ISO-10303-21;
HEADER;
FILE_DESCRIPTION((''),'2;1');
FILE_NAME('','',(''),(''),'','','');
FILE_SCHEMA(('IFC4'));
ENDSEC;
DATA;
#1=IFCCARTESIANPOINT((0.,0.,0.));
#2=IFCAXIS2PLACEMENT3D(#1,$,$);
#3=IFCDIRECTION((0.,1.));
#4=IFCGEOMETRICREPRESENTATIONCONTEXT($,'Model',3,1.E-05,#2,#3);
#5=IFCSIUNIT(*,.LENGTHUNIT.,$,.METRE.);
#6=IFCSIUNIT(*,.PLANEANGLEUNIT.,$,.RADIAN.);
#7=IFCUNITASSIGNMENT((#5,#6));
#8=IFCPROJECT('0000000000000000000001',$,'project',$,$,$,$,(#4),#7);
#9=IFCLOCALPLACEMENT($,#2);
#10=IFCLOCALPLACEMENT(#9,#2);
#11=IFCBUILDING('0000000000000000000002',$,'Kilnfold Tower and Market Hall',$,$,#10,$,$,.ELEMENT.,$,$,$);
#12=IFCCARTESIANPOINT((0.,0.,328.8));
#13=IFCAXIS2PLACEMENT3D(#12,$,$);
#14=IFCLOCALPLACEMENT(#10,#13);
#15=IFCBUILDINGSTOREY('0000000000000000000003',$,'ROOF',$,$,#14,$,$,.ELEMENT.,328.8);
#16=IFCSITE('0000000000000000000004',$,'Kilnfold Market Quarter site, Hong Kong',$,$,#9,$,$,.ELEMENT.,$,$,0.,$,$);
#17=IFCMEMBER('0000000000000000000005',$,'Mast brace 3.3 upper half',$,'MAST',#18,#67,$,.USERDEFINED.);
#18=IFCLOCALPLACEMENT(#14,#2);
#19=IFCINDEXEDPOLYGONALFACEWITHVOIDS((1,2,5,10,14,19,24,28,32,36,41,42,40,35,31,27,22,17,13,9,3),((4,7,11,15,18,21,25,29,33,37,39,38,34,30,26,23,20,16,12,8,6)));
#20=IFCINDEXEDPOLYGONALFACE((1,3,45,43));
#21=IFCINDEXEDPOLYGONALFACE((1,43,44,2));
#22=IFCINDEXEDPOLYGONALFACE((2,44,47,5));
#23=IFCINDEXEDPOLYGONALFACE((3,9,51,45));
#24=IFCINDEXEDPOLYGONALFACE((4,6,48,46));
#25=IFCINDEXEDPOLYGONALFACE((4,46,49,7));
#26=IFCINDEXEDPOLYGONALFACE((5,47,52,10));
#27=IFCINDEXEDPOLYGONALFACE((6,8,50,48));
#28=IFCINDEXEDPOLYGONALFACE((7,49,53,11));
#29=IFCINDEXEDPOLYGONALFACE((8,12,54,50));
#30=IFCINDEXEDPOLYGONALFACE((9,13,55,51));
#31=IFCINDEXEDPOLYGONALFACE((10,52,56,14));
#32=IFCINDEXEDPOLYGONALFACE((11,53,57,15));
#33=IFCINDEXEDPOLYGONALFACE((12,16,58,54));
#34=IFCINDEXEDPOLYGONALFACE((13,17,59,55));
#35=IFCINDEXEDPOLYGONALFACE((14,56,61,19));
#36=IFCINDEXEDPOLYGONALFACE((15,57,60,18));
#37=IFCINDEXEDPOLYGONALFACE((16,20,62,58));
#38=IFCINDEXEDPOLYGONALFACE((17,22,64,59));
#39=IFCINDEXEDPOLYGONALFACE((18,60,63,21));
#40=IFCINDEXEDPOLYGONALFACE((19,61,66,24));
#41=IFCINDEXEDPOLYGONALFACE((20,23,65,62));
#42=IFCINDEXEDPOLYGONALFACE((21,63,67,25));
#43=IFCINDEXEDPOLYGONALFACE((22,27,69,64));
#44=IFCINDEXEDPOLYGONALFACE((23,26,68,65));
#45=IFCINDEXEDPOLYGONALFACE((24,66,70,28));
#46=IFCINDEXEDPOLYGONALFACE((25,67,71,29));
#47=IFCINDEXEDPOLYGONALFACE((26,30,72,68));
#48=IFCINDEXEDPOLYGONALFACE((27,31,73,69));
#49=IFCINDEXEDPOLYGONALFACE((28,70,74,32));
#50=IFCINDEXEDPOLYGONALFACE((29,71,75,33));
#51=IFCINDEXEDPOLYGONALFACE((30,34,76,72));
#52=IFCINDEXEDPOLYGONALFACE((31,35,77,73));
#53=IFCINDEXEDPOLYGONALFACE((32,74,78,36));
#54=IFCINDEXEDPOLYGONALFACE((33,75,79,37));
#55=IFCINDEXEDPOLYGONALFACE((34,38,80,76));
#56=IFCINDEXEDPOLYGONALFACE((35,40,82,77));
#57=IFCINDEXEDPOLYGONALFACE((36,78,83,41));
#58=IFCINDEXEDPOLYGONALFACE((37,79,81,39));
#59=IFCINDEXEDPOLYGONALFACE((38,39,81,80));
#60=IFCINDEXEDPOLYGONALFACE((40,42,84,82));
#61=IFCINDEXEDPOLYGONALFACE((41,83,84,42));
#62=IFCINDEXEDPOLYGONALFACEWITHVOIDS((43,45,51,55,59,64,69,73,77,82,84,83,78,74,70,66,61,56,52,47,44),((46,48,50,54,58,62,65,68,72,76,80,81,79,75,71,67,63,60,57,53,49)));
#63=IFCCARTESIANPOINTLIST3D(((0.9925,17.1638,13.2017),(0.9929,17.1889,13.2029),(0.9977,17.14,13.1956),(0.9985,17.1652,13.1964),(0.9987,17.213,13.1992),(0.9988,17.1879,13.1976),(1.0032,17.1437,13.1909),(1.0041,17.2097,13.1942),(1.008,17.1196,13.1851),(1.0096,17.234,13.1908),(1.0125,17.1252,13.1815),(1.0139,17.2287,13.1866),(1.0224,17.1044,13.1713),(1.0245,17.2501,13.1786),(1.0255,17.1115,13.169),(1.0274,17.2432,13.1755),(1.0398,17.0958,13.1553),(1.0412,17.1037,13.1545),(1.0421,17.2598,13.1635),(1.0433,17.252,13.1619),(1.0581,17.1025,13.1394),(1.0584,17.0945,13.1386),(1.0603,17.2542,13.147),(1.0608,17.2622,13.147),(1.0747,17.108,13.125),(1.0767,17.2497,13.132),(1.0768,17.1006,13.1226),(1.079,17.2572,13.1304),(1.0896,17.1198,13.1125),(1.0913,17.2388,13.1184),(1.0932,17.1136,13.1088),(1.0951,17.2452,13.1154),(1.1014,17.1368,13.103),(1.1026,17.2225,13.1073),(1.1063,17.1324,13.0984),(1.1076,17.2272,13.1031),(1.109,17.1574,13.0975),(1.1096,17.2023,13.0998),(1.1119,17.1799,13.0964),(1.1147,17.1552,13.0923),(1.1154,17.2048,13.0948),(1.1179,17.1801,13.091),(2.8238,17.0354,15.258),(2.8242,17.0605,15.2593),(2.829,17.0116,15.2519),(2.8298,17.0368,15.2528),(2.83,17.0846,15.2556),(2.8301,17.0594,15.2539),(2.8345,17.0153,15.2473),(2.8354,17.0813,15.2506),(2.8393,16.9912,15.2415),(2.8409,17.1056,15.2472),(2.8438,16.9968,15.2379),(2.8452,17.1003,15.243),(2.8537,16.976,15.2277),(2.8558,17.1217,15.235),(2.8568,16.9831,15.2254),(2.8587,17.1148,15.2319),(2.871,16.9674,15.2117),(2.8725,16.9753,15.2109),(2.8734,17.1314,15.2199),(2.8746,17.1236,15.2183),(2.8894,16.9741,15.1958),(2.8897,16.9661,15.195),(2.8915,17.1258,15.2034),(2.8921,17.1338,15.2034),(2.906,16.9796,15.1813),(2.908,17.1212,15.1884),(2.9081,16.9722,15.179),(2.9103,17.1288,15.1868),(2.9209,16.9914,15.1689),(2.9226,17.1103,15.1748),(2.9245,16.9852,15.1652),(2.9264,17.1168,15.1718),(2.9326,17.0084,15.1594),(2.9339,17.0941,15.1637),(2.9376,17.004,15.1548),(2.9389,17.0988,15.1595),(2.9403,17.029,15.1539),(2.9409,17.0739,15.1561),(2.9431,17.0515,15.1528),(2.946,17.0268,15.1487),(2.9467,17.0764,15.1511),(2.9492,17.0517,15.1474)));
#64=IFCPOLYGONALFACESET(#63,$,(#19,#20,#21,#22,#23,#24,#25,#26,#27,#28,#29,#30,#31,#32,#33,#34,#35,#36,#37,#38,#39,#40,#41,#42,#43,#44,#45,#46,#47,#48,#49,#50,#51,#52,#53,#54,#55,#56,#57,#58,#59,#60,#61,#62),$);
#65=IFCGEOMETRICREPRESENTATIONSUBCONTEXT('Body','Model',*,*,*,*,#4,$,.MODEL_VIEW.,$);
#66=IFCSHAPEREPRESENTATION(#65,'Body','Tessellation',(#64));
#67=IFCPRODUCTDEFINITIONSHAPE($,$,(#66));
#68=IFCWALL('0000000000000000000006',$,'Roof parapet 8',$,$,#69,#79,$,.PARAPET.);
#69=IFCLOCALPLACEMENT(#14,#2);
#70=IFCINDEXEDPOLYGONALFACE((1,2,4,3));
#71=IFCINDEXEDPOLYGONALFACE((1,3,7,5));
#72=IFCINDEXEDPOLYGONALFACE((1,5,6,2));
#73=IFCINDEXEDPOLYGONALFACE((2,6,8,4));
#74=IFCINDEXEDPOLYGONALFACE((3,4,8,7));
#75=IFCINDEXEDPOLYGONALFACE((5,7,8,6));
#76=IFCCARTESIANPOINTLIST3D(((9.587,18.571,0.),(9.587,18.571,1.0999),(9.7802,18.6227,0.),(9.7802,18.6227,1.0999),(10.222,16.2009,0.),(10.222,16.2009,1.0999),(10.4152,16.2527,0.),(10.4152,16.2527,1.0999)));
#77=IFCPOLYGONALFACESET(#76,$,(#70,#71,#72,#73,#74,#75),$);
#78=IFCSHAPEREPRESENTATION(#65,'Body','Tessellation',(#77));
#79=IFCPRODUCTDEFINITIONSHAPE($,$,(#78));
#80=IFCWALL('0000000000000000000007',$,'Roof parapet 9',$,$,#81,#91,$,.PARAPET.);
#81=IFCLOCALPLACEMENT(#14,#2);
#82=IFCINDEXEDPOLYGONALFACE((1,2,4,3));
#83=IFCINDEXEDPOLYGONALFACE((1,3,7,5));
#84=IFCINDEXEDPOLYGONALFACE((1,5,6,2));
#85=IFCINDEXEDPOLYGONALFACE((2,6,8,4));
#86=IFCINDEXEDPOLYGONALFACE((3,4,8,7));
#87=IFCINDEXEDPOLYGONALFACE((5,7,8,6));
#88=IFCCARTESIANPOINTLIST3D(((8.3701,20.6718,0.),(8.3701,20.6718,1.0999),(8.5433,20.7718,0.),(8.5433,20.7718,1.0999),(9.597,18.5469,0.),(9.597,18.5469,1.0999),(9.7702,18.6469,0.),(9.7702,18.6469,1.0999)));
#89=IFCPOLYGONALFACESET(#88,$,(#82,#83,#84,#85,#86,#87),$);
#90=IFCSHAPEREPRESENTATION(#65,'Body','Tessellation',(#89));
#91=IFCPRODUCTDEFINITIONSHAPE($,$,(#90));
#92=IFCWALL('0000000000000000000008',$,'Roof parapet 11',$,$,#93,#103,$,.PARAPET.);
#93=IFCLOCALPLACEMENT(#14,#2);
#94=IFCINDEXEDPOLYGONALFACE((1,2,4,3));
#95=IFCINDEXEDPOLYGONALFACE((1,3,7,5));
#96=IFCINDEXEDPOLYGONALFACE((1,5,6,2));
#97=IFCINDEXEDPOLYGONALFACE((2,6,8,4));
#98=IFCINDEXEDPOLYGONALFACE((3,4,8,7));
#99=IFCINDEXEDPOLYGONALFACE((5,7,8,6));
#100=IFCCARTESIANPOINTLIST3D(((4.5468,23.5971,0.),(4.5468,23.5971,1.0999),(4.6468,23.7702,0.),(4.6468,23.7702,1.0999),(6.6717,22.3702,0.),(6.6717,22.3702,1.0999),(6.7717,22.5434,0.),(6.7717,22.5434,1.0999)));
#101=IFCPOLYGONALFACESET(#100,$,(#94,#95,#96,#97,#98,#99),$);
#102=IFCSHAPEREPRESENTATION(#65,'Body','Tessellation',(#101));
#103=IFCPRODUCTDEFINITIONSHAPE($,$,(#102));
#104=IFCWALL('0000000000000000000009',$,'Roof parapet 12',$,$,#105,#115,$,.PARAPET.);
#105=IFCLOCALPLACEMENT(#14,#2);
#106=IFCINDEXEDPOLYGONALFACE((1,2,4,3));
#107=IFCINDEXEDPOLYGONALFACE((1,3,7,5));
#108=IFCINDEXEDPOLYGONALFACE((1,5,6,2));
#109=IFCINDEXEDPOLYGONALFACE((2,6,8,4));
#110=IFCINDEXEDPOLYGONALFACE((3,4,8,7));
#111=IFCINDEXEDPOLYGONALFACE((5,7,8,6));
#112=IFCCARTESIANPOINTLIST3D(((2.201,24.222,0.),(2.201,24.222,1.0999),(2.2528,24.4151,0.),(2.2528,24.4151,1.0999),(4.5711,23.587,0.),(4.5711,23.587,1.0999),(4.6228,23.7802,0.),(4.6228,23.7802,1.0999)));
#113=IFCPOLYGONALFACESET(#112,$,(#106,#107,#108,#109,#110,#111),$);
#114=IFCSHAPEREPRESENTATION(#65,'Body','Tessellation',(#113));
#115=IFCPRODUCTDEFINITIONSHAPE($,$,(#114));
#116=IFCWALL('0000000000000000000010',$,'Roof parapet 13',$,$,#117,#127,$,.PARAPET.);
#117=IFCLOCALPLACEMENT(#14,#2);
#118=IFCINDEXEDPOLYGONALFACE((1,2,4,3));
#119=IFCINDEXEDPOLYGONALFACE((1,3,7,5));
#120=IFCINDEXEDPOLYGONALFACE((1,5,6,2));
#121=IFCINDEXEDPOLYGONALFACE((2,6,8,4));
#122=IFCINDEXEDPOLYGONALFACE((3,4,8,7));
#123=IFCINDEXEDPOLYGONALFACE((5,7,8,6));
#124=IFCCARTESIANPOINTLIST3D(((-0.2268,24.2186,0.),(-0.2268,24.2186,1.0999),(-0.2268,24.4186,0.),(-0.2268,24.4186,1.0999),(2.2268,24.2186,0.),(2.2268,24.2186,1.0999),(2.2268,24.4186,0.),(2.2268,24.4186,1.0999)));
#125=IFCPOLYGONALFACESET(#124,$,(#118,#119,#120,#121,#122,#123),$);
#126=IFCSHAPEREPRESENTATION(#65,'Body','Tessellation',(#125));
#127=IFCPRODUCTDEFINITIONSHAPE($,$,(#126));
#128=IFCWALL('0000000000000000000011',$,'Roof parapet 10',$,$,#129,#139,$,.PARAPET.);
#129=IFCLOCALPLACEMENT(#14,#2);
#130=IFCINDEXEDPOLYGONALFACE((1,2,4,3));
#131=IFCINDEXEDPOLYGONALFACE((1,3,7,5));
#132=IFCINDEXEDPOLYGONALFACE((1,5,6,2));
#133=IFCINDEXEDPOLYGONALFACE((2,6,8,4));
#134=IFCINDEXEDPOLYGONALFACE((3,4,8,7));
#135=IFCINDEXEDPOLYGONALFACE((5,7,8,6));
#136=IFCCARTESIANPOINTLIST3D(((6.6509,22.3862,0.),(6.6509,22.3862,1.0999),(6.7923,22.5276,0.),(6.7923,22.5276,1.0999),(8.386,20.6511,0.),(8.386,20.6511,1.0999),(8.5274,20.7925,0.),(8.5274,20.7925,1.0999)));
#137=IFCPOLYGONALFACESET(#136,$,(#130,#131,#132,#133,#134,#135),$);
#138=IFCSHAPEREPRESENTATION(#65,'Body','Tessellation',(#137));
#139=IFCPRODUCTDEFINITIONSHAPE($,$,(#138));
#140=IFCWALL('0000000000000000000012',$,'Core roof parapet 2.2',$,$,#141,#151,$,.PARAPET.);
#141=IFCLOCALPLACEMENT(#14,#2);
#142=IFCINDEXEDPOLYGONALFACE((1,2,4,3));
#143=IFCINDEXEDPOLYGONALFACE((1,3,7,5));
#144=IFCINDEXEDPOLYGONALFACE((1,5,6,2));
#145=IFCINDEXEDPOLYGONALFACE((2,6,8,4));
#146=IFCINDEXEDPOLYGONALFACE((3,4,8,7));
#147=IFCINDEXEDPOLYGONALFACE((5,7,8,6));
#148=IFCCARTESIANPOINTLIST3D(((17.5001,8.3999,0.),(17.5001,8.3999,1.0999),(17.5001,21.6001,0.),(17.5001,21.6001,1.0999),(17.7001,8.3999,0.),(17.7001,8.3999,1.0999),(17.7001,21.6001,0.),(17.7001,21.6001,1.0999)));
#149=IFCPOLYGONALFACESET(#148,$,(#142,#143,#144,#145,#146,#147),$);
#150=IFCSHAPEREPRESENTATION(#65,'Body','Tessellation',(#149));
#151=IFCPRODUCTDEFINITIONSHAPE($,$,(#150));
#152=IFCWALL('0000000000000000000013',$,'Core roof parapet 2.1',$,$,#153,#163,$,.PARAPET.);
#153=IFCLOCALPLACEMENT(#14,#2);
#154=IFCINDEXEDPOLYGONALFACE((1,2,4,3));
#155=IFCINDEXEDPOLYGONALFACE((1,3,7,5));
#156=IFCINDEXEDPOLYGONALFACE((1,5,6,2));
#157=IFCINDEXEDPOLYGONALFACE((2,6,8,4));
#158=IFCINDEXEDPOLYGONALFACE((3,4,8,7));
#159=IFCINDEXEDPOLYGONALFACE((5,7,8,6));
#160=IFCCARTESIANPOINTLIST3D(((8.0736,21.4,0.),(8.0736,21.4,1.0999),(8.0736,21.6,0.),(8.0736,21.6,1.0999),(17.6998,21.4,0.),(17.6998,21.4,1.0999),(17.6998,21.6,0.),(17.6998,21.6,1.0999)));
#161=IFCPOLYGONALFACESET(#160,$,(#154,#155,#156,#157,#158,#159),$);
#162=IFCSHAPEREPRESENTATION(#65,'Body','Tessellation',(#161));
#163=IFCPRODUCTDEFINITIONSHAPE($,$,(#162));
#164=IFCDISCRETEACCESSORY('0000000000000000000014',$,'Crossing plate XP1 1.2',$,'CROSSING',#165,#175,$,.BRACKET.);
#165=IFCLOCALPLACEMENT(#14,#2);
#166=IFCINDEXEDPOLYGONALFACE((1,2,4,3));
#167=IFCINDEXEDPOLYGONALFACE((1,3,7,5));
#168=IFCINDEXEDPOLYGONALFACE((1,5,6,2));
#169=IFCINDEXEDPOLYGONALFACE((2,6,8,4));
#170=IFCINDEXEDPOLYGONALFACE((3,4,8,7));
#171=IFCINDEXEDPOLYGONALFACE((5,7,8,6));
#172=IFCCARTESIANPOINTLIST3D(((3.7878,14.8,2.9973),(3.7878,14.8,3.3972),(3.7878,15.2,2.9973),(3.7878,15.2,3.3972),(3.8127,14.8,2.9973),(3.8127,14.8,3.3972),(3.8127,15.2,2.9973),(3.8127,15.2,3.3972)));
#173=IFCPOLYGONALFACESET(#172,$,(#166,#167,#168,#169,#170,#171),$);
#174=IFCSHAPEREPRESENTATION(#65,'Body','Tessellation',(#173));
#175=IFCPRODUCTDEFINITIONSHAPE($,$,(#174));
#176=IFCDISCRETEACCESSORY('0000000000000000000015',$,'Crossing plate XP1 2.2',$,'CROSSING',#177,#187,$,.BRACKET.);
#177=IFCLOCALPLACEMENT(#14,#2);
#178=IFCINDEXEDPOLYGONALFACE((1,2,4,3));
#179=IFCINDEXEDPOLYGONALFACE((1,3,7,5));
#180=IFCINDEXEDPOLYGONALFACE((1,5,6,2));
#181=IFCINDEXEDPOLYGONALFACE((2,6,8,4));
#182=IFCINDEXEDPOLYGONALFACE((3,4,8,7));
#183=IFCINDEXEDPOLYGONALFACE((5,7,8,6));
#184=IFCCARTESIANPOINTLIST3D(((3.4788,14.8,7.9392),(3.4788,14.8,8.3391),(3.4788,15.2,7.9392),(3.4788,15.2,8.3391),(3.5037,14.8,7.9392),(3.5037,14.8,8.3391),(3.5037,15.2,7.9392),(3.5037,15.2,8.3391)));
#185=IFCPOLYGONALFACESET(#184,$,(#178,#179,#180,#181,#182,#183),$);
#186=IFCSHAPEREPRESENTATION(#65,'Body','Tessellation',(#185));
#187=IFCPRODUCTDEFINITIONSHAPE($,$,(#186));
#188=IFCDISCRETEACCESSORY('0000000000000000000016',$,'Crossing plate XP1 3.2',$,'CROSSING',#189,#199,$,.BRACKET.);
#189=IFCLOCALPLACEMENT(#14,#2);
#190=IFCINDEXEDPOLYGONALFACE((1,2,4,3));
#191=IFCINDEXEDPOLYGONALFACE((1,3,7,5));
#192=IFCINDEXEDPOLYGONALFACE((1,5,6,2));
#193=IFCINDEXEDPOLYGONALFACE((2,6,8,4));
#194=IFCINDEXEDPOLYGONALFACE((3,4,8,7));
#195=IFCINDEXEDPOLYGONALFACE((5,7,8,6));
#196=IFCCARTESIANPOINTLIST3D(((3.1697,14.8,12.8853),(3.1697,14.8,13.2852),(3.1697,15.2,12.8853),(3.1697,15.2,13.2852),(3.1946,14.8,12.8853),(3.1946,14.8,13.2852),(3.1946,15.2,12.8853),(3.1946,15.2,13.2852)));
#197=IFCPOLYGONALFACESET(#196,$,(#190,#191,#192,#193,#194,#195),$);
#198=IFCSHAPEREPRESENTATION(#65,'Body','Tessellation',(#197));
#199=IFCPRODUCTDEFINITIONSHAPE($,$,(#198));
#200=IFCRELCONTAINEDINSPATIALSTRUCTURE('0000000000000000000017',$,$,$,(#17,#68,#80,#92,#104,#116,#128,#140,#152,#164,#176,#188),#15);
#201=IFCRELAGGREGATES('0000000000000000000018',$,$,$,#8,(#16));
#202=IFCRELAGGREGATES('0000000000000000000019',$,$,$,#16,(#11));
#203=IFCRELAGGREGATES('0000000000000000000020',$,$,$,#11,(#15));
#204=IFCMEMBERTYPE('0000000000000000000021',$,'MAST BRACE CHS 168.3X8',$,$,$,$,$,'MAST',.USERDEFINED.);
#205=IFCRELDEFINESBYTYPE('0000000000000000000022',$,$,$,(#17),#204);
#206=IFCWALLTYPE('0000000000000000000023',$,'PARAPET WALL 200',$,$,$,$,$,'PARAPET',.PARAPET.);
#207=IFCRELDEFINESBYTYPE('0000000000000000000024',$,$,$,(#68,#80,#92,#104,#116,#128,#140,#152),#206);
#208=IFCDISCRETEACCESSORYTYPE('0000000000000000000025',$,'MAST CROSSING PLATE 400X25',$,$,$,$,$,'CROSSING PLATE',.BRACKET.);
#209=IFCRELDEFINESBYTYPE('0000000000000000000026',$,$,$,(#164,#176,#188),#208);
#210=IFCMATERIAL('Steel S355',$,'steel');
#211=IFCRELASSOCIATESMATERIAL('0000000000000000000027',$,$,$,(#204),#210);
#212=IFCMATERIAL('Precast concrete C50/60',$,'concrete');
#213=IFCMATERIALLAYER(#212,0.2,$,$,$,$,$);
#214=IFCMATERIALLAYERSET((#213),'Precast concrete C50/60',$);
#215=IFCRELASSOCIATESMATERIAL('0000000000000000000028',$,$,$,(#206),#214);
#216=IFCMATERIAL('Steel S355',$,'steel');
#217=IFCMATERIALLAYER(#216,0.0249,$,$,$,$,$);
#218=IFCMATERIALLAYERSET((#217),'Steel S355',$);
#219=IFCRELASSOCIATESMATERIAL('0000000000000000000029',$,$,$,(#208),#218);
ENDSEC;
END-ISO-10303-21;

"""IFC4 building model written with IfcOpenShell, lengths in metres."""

from ifc_helpers import new_model, si_unit, direction, frame, frame_2d, origin, origin_2d, place, context, subcontext, project, spatial, rectangle, hollow_circle, extrude, source, transform, mapped, material, layer, layer_set, material_profile, profile_set, type_object, element, save


model = new_model("IFC4")

# Units and contexts
model_context = context("Model", 3, precision=1e-05, world=origin(), true_north=direction((0.0, 1.0)))
body_context = subcontext(model_context, "Body", "Model", "MODEL_VIEW")
ifc_project = project(units=[si_unit("LENGTHUNIT", "METRE"), si_unit("PLANEANGLEUNIT", "RADIAN")], contexts=[model_context])

# Site, building, storey
site_placement = place(None, origin())
site = spatial("IfcSite", under=ifc_project, at=site_placement, Name="Kilnfold Market Quarter site, Hong Kong", CompositionType="ELEMENT", RefElevation=0.0)
building_placement = place(site_placement, origin())
building = spatial("IfcBuilding", under=site, at=building_placement, Name="Kilnfold Tower and Market Hall", CompositionType="ELEMENT")
storey_placement = place(building_placement, frame((0.0, 0.0, 328.8)))
storey = spatial("IfcBuildingStorey", under=building, at=storey_placement, Name="ROOF", CompositionType="ELEMENT", Elevation=328.8)

# Member
ifc_material_1 = material(Name="Steel S355", Category="steel")
ifc_material_profile_1 = material_profile(ifc_material_1, hollow_circle(Radius=0.0842, WallThickness=0.0081, at=origin_2d()), Name="CHS 168.3x8")
ifc_profile_set_1 = profile_set([ifc_material_profile_1], Name="Steel S355")
member_type_1 = type_object("IfcMemberType", Name="MAST BRACE CHS 168.3X8", ElementType="MAST", PredefinedType="USERDEFINED", material=ifc_profile_set_1)
shared_shape_1 = source(origin(), body_context, "Body", "SweptSolid", [
    extrude(hollow_circle(Radius=0.0842, WallThickness=0.0081, at=origin_2d()), origin(), (0.0, 0.0, 1.0), 2.7566),
])
for number, where, z_axis, x_axis, name in (
    (1, (1.0549, 17.1782, 13.147), (0.664329, -0.046585, 0.745987), (0.069952, 0.99755, 0.0), "Mast brace 3.3 upper half"),
):
    element("IfcMember", number, at=place(storey_placement, frame(where, z_axis=z_axis, x_axis=x_axis)), inside=storey, type_object=member_type_1, Name=name, ObjectType="MAST", PredefinedType="USERDEFINED", context=body_context, shape_type="MappedRepresentation", body=[
        mapped(shared_shape_1, transform((0.0, 0.0, 0.0))),
    ])

# Walls
ifc_material_2 = material(Name="Precast concrete C50/60", Category="concrete")
ifc_layer_1 = layer(ifc_material_2, 0.2)
ifc_layer_set_1 = layer_set([ifc_layer_1], Name="Precast concrete C50/60")
wall_type = type_object("IfcWallType", Name="PARAPET WALL 200", ElementType="PARAPET", PredefinedType="PARAPET", material=ifc_layer_set_1)
shared_shape_2 = source(origin(), body_context, "Body", "SweptSolid", [
    extrude(rectangle(XDim=2.4536, YDim=0.2, at=frame_2d((1.2268, 0.0))), origin(), (0.0, 0.0, 1.0), 1.0999),
])
for number, where, z_axis, x_axis, name in (
    (2, (10.3186, 16.2268, 0.0), (0.0, 0.0, 1.0), (-0.258796, 0.965932, 0.0), "Roof parapet 8"),
    (3, (9.6836, 18.5969, 0.0), (0.0, 0.0, 1.0), (-0.500024, 0.866012, 0.0), "Roof parapet 9"),
    (4, (6.7217, 22.4568, 0.0), (0.0, 0.0, 1.0), (-0.866012, 0.500024, 0.0), "Roof parapet 11"),
    (5, (4.5969, 23.6836, 0.0), (0.0, 0.0, 1.0), (-0.965932, 0.258796, 0.0), "Roof parapet 12"),
    (6, (2.2268, 24.3186, 0.0), (0.0, 0.0, 1.0), (-1.0, 0.0, 0.0), "Roof parapet 13"),
):
    element("IfcWall", number, at=place(storey_placement, frame(where, z_axis=z_axis, x_axis=x_axis)), inside=storey, type_object=wall_type, Name=name, PredefinedType="PARAPET", context=body_context, shape_type="MappedRepresentation", body=[
        mapped(shared_shape_2, transform((0.0, 0.0, 0.0))),
    ])
shared_shape_3 = source(origin(), body_context, "Body", "SweptSolid", [
    extrude(rectangle(XDim=2.4539, YDim=0.2, at=frame_2d((1.2271, 0.0))), origin(), (0.0, 0.0, 1.0), 1.0999),
])
wall_1_placement = place(storey_placement, frame((8.4568, 20.7217, 0.0), z_axis=(0.0, 0.0, 1.0), x_axis=(-0.707107, 0.707107, 0.0)))
element("IfcWall", 7, at=wall_1_placement, inside=storey, type_object=wall_type, Name="Roof parapet 10", PredefinedType="PARAPET", context=body_context, shape_type="MappedRepresentation", body=[
    mapped(shared_shape_3, transform((0.0, 0.0, 0.0))),
])
shared_shape_4 = source(origin(), body_context, "Body", "SweptSolid", [
    extrude(rectangle(XDim=13.2002, YDim=0.2, at=frame_2d((6.6001, 0.0))), origin(), (0.0, 0.0, 1.0), 1.0999),
])
wall_2_placement = place(storey_placement, frame((17.6001, 21.6001, 0.0), z_axis=(0.0, 0.0, 1.0), x_axis=(0.0, -1.0, 0.0)))
element("IfcWall", 8, at=wall_2_placement, inside=storey, type_object=wall_type, Name="Core roof parapet 2.2", PredefinedType="PARAPET", context=body_context, shape_type="MappedRepresentation", body=[
    mapped(shared_shape_4, transform((0.0, 0.0, 0.0))),
])
shared_shape_5 = source(origin(), body_context, "Body", "SweptSolid", [
    extrude(rectangle(XDim=9.6262, YDim=0.2, at=frame_2d((4.813, 0.0))), origin(), (0.0, 0.0, 1.0), 1.0999),
])
wall_3_placement = place(storey_placement, frame((8.0737, 21.5, 0.0), z_axis=(0.0, 0.0, 1.0), x_axis=(1.0, 0.0, 0.0)))
element("IfcWall", 9, at=wall_3_placement, inside=storey, type_object=wall_type, Name="Core roof parapet 2.1", PredefinedType="PARAPET", context=body_context, shape_type="MappedRepresentation", body=[
    mapped(shared_shape_5, transform((0.0, 0.0, 0.0))),
])

# Discrete accessories
ifc_material_3 = material(Name="Steel S355", Category="steel")
ifc_layer_2 = layer(ifc_material_3, 0.0249)
ifc_layer_set_2 = layer_set([ifc_layer_2], Name="Steel S355")
discrete_accessory_type_1 = type_object("IfcDiscreteAccessoryType", Name="MAST CROSSING PLATE 400X25", ElementType="CROSSING PLATE", PredefinedType="BRACKET", material=ifc_layer_set_2)
shared_shape_6 = source(origin(), body_context, "Body", "SweptSolid", [
    extrude(rectangle(XDim=0.0249, YDim=0.3999, at=origin_2d()), origin(), (0.0, 0.0, 1.0), 0.3999),
])
for number, where, z_axis, x_axis, name in (
    (10, (3.8003, 15.0, 2.9973), (0.0, 0.0, 1.0), (1.0, 0.0, 0.0), "Crossing plate XP1 1.2"),
    (11, (3.4912, 15.0, 7.9392), (0.0, 0.0, 1.0), (1.0, 0.0, 0.0), "Crossing plate XP1 2.2"),
    (12, (3.1821, 15.0, 12.8853), (0.0, 0.0, 1.0), (1.0, 0.0, 0.0), "Crossing plate XP1 3.2"),
):
    element("IfcDiscreteAccessory", number, at=place(storey_placement, frame(where, z_axis=z_axis, x_axis=x_axis)), inside=storey, type_object=discrete_accessory_type_1, Name=name, ObjectType="CROSSING", PredefinedType="BRACKET", context=body_context, shape_type="MappedRepresentation", body=[
        mapped(shared_shape_6, transform((0.0, 0.0, 0.0))),
    ])

save(model, "model.ifc")
